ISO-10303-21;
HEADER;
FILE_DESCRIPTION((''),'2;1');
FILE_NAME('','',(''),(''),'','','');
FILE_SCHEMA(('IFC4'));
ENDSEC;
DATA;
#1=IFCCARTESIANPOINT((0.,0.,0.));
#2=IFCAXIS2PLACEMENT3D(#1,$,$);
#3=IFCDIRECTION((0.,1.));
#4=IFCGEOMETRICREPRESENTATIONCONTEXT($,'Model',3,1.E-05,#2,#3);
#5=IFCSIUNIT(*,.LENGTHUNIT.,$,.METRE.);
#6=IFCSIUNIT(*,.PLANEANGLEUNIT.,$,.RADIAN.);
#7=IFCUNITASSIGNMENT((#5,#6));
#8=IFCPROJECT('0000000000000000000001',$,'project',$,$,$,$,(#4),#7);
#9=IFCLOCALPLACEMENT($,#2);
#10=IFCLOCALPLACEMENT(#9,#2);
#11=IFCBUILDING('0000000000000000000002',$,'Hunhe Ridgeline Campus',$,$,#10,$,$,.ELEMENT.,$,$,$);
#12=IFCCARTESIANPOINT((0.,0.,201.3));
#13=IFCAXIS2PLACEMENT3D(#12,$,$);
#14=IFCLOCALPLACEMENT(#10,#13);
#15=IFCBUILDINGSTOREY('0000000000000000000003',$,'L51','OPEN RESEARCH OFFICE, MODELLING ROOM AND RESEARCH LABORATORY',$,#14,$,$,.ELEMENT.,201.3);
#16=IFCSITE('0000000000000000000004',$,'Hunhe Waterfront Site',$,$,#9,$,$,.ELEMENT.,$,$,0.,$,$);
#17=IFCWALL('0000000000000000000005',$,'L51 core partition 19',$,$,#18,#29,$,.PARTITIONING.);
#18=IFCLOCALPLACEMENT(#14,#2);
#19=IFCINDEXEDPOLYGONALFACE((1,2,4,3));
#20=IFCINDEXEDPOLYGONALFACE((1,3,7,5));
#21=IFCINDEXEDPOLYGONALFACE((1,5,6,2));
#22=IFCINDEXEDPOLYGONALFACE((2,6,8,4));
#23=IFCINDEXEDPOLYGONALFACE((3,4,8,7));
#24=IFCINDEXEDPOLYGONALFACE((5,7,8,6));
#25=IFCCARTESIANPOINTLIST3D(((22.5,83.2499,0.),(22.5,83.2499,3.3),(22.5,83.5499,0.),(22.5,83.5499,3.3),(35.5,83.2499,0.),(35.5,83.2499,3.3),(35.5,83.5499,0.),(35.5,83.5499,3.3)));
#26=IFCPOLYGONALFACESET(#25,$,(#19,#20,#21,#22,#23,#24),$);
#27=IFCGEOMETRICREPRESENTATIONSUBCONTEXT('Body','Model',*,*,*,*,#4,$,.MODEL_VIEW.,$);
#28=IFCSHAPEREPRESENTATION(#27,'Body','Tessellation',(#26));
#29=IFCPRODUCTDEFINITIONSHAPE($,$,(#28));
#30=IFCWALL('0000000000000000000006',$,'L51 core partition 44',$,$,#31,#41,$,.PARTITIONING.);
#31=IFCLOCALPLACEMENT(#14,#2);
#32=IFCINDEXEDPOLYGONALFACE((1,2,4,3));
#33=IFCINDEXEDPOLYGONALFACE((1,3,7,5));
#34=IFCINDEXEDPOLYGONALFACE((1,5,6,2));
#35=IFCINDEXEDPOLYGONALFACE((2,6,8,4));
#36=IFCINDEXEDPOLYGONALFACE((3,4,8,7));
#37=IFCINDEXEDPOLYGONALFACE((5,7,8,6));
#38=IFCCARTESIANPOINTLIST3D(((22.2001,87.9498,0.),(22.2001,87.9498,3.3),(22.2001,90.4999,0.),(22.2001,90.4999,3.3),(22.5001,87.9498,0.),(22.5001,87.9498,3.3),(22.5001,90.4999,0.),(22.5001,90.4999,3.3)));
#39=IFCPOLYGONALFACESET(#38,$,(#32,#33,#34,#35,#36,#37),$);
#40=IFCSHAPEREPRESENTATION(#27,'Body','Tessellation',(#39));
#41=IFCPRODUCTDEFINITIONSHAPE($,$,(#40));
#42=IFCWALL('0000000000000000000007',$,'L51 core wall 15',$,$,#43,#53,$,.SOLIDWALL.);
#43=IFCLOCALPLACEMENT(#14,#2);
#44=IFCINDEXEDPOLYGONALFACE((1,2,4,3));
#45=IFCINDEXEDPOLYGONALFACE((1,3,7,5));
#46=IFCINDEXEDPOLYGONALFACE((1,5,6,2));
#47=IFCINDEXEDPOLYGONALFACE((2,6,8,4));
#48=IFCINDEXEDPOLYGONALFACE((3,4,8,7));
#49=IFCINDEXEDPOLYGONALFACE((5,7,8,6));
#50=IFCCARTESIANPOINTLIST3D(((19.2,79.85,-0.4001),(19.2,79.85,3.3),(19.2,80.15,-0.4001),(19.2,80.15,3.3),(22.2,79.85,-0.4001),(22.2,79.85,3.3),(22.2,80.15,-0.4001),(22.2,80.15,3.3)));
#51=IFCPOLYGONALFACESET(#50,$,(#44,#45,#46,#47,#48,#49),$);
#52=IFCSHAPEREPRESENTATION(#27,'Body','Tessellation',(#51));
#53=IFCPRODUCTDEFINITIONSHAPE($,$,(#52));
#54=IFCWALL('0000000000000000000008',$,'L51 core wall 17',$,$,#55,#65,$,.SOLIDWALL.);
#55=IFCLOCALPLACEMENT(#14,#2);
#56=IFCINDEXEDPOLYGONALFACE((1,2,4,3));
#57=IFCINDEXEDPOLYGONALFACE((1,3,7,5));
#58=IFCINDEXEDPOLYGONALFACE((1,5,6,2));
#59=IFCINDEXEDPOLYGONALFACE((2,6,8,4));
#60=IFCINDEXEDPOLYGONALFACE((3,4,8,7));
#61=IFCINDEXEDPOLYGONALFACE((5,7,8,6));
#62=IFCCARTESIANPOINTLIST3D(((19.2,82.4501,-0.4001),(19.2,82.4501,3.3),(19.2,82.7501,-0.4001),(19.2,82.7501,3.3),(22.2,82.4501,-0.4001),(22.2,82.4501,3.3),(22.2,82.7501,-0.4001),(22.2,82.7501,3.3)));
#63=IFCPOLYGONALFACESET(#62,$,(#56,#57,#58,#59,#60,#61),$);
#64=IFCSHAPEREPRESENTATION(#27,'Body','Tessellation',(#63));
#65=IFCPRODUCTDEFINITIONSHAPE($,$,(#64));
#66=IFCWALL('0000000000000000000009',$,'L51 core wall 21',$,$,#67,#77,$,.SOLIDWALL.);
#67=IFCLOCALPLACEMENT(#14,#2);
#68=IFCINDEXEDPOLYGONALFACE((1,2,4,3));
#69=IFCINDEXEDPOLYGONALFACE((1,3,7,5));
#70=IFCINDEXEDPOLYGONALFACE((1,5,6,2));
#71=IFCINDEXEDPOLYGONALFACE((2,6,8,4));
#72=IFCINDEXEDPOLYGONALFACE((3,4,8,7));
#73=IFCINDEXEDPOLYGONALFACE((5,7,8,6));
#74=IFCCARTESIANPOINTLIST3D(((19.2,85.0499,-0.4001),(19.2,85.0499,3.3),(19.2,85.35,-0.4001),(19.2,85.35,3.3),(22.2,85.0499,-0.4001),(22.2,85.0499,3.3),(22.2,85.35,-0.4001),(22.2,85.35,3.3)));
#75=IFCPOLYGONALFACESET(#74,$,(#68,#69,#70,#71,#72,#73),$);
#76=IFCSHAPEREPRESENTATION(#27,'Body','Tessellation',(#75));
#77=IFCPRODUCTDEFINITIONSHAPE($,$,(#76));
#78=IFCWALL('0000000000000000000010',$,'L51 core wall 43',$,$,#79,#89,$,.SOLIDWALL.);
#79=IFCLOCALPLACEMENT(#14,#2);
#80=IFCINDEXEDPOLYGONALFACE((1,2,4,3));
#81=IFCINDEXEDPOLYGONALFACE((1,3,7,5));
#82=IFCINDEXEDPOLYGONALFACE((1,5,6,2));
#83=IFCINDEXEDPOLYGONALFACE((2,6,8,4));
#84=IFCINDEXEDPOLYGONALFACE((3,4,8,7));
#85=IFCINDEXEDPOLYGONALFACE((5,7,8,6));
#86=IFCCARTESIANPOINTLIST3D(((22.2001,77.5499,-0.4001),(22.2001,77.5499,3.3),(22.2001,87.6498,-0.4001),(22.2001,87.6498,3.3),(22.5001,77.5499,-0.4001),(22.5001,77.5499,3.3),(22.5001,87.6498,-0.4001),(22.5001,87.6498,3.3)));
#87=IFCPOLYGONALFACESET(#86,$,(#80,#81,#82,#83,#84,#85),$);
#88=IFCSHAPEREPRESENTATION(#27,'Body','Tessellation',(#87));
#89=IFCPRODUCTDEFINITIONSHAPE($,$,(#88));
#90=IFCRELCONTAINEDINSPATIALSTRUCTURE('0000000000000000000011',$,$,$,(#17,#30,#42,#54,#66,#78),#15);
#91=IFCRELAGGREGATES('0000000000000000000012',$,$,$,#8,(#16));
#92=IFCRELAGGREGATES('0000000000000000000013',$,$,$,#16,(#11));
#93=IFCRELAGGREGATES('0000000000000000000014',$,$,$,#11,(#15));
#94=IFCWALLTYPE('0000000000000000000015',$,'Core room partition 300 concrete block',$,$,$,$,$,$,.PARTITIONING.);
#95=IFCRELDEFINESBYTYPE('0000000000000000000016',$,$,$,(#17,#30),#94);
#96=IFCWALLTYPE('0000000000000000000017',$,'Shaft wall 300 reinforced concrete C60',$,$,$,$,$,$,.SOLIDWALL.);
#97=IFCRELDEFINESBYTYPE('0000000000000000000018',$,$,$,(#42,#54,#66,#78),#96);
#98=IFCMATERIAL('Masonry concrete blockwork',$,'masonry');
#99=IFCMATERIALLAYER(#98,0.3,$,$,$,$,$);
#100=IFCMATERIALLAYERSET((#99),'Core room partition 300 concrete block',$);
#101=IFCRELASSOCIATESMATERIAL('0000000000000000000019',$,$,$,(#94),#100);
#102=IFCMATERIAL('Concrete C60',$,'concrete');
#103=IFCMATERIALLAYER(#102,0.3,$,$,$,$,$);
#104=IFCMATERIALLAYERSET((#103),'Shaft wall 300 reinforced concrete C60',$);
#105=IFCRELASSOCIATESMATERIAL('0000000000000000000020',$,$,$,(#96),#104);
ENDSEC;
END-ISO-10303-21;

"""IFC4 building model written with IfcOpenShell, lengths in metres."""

from ifc_helpers import new_model, si_unit, direction, frame, frame_2d, origin, place, context, subcontext, project, spatial, rectangle, extrude, material, layer, layer_set, type_object, element, save


model = new_model("IFC4")

# Units and contexts
model_context = context("Model", 3, precision=1e-05, world=origin(), true_north=direction((0.0, 1.0)))
body_context = subcontext(model_context, "Body", "Model", "MODEL_VIEW")
ifc_project = project(units=[si_unit("LENGTHUNIT", "METRE"), si_unit("PLANEANGLEUNIT", "RADIAN")], contexts=[model_context])

# Site, building, storey
site_placement = place(None, origin())
site = spatial("IfcSite", under=ifc_project, at=site_placement, Name="Hunhe Waterfront Site", CompositionType="ELEMENT", RefElevation=0.0)
building_placement = place(site_placement, origin())
building = spatial("IfcBuilding", under=site, at=building_placement, Name="Hunhe Ridgeline Campus", CompositionType="ELEMENT")
storey_placement = place(building_placement, frame((0.0, 0.0, 201.3)))
storey = spatial("IfcBuildingStorey", under=building, at=storey_placement, Name="L51", Description="OPEN RESEARCH OFFICE, MODELLING ROOM AND RESEARCH LABORATORY", CompositionType="ELEMENT", Elevation=201.3)

# Shared definitions
ifc_material_1 = material(Name="Masonry concrete blockwork", Category="masonry")
ifc_layer_1 = layer(ifc_material_1, 0.3)
ifc_layer_set_1 = layer_set([ifc_layer_1], Name="Core room partition 300 concrete block")
wall_type_1 = type_object("IfcWallType", Name="Core room partition 300 concrete block", PredefinedType="PARTITIONING", material=ifc_layer_set_1)

# Walls
wall_1_placement = place(storey_placement, frame((22.5, 83.3999, 0.0), z_axis=(0.0, 0.0, 1.0), x_axis=(1.0, 0.0, 0.0)))
element("IfcWall", 1, at=wall_1_placement, inside=storey, type_object=wall_type_1, Name="L51 core partition 19", PredefinedType="PARTITIONING", context=body_context, shape_type="SweptSolid", body=[
    extrude(rectangle(XDim=13.0, YDim=0.3, at=frame_2d((6.5, 0.0))), origin(), (0.0, 0.0, 1.0), 3.3),
])
wall_2_placement = place(storey_placement, frame((22.3501, 87.95, 0.0), z_axis=(0.0, 0.0, 1.0), x_axis=(0.0, 1.0, 0.0)))
element("IfcWall", 2, at=wall_2_placement, inside=storey, type_object=wall_type_1, Name="L51 core partition 44", PredefinedType="PARTITIONING", context=body_context, shape_type="SweptSolid", body=[
    extrude(rectangle(XDim=2.55, YDim=0.3, at=frame_2d((1.2749, 0.0))), origin(), (0.0, 0.0, 1.0), 3.3),
])
ifc_material_2 = material(Name="Concrete C60", Category="concrete")
ifc_layer_2 = layer(ifc_material_2, 0.3)
ifc_layer_set_2 = layer_set([ifc_layer_2], Name="Shaft wall 300 reinforced concrete C60")
wall_type_2 = type_object("IfcWallType", Name="Shaft wall 300 reinforced concrete C60", PredefinedType="SOLIDWALL", material=ifc_layer_set_2)
for number, where, z_axis, x_axis, name in (
    (3, (19.2, 80.0, -0.4001), (0.0, 0.0, 1.0), (1.0, 0.0, 0.0), "L51 core wall 15"),
    (4, (19.2, 82.6001, -0.4001), (0.0, 0.0, 1.0), (1.0, 0.0, 0.0), "L51 core wall 17"),
    (5, (19.2, 85.2, -0.4001), (0.0, 0.0, 1.0), (1.0, 0.0, 0.0), "L51 core wall 21"),
):
    element("IfcWall", number, at=place(storey_placement, frame(where, z_axis=z_axis, x_axis=x_axis)), inside=storey, type_object=wall_type_2, Name=name, PredefinedType="SOLIDWALL", context=body_context, shape_type="SweptSolid", body=[
        extrude(rectangle(XDim=3.0, YDim=0.3, at=frame_2d((1.5, 0.0))), origin(), (0.0, 0.0, 1.0), 3.7002),
    ])

# Wall
wall_3_placement = place(storey_placement, frame((22.3501, 77.55, -0.4001), z_axis=(0.0, 0.0, 1.0), x_axis=(0.0, 1.0, 0.0)))
element("IfcWall", 6, at=wall_3_placement, inside=storey, type_object=wall_type_2, Name="L51 core wall 43", PredefinedType="SOLIDWALL", context=body_context, shape_type="SweptSolid", body=[
    extrude(rectangle(XDim=10.0999, YDim=0.3, at=frame_2d((5.0498, 0.0))), origin(), (0.0, 0.0, 1.0), 3.7002),
])

save(model, "model.ifc")
